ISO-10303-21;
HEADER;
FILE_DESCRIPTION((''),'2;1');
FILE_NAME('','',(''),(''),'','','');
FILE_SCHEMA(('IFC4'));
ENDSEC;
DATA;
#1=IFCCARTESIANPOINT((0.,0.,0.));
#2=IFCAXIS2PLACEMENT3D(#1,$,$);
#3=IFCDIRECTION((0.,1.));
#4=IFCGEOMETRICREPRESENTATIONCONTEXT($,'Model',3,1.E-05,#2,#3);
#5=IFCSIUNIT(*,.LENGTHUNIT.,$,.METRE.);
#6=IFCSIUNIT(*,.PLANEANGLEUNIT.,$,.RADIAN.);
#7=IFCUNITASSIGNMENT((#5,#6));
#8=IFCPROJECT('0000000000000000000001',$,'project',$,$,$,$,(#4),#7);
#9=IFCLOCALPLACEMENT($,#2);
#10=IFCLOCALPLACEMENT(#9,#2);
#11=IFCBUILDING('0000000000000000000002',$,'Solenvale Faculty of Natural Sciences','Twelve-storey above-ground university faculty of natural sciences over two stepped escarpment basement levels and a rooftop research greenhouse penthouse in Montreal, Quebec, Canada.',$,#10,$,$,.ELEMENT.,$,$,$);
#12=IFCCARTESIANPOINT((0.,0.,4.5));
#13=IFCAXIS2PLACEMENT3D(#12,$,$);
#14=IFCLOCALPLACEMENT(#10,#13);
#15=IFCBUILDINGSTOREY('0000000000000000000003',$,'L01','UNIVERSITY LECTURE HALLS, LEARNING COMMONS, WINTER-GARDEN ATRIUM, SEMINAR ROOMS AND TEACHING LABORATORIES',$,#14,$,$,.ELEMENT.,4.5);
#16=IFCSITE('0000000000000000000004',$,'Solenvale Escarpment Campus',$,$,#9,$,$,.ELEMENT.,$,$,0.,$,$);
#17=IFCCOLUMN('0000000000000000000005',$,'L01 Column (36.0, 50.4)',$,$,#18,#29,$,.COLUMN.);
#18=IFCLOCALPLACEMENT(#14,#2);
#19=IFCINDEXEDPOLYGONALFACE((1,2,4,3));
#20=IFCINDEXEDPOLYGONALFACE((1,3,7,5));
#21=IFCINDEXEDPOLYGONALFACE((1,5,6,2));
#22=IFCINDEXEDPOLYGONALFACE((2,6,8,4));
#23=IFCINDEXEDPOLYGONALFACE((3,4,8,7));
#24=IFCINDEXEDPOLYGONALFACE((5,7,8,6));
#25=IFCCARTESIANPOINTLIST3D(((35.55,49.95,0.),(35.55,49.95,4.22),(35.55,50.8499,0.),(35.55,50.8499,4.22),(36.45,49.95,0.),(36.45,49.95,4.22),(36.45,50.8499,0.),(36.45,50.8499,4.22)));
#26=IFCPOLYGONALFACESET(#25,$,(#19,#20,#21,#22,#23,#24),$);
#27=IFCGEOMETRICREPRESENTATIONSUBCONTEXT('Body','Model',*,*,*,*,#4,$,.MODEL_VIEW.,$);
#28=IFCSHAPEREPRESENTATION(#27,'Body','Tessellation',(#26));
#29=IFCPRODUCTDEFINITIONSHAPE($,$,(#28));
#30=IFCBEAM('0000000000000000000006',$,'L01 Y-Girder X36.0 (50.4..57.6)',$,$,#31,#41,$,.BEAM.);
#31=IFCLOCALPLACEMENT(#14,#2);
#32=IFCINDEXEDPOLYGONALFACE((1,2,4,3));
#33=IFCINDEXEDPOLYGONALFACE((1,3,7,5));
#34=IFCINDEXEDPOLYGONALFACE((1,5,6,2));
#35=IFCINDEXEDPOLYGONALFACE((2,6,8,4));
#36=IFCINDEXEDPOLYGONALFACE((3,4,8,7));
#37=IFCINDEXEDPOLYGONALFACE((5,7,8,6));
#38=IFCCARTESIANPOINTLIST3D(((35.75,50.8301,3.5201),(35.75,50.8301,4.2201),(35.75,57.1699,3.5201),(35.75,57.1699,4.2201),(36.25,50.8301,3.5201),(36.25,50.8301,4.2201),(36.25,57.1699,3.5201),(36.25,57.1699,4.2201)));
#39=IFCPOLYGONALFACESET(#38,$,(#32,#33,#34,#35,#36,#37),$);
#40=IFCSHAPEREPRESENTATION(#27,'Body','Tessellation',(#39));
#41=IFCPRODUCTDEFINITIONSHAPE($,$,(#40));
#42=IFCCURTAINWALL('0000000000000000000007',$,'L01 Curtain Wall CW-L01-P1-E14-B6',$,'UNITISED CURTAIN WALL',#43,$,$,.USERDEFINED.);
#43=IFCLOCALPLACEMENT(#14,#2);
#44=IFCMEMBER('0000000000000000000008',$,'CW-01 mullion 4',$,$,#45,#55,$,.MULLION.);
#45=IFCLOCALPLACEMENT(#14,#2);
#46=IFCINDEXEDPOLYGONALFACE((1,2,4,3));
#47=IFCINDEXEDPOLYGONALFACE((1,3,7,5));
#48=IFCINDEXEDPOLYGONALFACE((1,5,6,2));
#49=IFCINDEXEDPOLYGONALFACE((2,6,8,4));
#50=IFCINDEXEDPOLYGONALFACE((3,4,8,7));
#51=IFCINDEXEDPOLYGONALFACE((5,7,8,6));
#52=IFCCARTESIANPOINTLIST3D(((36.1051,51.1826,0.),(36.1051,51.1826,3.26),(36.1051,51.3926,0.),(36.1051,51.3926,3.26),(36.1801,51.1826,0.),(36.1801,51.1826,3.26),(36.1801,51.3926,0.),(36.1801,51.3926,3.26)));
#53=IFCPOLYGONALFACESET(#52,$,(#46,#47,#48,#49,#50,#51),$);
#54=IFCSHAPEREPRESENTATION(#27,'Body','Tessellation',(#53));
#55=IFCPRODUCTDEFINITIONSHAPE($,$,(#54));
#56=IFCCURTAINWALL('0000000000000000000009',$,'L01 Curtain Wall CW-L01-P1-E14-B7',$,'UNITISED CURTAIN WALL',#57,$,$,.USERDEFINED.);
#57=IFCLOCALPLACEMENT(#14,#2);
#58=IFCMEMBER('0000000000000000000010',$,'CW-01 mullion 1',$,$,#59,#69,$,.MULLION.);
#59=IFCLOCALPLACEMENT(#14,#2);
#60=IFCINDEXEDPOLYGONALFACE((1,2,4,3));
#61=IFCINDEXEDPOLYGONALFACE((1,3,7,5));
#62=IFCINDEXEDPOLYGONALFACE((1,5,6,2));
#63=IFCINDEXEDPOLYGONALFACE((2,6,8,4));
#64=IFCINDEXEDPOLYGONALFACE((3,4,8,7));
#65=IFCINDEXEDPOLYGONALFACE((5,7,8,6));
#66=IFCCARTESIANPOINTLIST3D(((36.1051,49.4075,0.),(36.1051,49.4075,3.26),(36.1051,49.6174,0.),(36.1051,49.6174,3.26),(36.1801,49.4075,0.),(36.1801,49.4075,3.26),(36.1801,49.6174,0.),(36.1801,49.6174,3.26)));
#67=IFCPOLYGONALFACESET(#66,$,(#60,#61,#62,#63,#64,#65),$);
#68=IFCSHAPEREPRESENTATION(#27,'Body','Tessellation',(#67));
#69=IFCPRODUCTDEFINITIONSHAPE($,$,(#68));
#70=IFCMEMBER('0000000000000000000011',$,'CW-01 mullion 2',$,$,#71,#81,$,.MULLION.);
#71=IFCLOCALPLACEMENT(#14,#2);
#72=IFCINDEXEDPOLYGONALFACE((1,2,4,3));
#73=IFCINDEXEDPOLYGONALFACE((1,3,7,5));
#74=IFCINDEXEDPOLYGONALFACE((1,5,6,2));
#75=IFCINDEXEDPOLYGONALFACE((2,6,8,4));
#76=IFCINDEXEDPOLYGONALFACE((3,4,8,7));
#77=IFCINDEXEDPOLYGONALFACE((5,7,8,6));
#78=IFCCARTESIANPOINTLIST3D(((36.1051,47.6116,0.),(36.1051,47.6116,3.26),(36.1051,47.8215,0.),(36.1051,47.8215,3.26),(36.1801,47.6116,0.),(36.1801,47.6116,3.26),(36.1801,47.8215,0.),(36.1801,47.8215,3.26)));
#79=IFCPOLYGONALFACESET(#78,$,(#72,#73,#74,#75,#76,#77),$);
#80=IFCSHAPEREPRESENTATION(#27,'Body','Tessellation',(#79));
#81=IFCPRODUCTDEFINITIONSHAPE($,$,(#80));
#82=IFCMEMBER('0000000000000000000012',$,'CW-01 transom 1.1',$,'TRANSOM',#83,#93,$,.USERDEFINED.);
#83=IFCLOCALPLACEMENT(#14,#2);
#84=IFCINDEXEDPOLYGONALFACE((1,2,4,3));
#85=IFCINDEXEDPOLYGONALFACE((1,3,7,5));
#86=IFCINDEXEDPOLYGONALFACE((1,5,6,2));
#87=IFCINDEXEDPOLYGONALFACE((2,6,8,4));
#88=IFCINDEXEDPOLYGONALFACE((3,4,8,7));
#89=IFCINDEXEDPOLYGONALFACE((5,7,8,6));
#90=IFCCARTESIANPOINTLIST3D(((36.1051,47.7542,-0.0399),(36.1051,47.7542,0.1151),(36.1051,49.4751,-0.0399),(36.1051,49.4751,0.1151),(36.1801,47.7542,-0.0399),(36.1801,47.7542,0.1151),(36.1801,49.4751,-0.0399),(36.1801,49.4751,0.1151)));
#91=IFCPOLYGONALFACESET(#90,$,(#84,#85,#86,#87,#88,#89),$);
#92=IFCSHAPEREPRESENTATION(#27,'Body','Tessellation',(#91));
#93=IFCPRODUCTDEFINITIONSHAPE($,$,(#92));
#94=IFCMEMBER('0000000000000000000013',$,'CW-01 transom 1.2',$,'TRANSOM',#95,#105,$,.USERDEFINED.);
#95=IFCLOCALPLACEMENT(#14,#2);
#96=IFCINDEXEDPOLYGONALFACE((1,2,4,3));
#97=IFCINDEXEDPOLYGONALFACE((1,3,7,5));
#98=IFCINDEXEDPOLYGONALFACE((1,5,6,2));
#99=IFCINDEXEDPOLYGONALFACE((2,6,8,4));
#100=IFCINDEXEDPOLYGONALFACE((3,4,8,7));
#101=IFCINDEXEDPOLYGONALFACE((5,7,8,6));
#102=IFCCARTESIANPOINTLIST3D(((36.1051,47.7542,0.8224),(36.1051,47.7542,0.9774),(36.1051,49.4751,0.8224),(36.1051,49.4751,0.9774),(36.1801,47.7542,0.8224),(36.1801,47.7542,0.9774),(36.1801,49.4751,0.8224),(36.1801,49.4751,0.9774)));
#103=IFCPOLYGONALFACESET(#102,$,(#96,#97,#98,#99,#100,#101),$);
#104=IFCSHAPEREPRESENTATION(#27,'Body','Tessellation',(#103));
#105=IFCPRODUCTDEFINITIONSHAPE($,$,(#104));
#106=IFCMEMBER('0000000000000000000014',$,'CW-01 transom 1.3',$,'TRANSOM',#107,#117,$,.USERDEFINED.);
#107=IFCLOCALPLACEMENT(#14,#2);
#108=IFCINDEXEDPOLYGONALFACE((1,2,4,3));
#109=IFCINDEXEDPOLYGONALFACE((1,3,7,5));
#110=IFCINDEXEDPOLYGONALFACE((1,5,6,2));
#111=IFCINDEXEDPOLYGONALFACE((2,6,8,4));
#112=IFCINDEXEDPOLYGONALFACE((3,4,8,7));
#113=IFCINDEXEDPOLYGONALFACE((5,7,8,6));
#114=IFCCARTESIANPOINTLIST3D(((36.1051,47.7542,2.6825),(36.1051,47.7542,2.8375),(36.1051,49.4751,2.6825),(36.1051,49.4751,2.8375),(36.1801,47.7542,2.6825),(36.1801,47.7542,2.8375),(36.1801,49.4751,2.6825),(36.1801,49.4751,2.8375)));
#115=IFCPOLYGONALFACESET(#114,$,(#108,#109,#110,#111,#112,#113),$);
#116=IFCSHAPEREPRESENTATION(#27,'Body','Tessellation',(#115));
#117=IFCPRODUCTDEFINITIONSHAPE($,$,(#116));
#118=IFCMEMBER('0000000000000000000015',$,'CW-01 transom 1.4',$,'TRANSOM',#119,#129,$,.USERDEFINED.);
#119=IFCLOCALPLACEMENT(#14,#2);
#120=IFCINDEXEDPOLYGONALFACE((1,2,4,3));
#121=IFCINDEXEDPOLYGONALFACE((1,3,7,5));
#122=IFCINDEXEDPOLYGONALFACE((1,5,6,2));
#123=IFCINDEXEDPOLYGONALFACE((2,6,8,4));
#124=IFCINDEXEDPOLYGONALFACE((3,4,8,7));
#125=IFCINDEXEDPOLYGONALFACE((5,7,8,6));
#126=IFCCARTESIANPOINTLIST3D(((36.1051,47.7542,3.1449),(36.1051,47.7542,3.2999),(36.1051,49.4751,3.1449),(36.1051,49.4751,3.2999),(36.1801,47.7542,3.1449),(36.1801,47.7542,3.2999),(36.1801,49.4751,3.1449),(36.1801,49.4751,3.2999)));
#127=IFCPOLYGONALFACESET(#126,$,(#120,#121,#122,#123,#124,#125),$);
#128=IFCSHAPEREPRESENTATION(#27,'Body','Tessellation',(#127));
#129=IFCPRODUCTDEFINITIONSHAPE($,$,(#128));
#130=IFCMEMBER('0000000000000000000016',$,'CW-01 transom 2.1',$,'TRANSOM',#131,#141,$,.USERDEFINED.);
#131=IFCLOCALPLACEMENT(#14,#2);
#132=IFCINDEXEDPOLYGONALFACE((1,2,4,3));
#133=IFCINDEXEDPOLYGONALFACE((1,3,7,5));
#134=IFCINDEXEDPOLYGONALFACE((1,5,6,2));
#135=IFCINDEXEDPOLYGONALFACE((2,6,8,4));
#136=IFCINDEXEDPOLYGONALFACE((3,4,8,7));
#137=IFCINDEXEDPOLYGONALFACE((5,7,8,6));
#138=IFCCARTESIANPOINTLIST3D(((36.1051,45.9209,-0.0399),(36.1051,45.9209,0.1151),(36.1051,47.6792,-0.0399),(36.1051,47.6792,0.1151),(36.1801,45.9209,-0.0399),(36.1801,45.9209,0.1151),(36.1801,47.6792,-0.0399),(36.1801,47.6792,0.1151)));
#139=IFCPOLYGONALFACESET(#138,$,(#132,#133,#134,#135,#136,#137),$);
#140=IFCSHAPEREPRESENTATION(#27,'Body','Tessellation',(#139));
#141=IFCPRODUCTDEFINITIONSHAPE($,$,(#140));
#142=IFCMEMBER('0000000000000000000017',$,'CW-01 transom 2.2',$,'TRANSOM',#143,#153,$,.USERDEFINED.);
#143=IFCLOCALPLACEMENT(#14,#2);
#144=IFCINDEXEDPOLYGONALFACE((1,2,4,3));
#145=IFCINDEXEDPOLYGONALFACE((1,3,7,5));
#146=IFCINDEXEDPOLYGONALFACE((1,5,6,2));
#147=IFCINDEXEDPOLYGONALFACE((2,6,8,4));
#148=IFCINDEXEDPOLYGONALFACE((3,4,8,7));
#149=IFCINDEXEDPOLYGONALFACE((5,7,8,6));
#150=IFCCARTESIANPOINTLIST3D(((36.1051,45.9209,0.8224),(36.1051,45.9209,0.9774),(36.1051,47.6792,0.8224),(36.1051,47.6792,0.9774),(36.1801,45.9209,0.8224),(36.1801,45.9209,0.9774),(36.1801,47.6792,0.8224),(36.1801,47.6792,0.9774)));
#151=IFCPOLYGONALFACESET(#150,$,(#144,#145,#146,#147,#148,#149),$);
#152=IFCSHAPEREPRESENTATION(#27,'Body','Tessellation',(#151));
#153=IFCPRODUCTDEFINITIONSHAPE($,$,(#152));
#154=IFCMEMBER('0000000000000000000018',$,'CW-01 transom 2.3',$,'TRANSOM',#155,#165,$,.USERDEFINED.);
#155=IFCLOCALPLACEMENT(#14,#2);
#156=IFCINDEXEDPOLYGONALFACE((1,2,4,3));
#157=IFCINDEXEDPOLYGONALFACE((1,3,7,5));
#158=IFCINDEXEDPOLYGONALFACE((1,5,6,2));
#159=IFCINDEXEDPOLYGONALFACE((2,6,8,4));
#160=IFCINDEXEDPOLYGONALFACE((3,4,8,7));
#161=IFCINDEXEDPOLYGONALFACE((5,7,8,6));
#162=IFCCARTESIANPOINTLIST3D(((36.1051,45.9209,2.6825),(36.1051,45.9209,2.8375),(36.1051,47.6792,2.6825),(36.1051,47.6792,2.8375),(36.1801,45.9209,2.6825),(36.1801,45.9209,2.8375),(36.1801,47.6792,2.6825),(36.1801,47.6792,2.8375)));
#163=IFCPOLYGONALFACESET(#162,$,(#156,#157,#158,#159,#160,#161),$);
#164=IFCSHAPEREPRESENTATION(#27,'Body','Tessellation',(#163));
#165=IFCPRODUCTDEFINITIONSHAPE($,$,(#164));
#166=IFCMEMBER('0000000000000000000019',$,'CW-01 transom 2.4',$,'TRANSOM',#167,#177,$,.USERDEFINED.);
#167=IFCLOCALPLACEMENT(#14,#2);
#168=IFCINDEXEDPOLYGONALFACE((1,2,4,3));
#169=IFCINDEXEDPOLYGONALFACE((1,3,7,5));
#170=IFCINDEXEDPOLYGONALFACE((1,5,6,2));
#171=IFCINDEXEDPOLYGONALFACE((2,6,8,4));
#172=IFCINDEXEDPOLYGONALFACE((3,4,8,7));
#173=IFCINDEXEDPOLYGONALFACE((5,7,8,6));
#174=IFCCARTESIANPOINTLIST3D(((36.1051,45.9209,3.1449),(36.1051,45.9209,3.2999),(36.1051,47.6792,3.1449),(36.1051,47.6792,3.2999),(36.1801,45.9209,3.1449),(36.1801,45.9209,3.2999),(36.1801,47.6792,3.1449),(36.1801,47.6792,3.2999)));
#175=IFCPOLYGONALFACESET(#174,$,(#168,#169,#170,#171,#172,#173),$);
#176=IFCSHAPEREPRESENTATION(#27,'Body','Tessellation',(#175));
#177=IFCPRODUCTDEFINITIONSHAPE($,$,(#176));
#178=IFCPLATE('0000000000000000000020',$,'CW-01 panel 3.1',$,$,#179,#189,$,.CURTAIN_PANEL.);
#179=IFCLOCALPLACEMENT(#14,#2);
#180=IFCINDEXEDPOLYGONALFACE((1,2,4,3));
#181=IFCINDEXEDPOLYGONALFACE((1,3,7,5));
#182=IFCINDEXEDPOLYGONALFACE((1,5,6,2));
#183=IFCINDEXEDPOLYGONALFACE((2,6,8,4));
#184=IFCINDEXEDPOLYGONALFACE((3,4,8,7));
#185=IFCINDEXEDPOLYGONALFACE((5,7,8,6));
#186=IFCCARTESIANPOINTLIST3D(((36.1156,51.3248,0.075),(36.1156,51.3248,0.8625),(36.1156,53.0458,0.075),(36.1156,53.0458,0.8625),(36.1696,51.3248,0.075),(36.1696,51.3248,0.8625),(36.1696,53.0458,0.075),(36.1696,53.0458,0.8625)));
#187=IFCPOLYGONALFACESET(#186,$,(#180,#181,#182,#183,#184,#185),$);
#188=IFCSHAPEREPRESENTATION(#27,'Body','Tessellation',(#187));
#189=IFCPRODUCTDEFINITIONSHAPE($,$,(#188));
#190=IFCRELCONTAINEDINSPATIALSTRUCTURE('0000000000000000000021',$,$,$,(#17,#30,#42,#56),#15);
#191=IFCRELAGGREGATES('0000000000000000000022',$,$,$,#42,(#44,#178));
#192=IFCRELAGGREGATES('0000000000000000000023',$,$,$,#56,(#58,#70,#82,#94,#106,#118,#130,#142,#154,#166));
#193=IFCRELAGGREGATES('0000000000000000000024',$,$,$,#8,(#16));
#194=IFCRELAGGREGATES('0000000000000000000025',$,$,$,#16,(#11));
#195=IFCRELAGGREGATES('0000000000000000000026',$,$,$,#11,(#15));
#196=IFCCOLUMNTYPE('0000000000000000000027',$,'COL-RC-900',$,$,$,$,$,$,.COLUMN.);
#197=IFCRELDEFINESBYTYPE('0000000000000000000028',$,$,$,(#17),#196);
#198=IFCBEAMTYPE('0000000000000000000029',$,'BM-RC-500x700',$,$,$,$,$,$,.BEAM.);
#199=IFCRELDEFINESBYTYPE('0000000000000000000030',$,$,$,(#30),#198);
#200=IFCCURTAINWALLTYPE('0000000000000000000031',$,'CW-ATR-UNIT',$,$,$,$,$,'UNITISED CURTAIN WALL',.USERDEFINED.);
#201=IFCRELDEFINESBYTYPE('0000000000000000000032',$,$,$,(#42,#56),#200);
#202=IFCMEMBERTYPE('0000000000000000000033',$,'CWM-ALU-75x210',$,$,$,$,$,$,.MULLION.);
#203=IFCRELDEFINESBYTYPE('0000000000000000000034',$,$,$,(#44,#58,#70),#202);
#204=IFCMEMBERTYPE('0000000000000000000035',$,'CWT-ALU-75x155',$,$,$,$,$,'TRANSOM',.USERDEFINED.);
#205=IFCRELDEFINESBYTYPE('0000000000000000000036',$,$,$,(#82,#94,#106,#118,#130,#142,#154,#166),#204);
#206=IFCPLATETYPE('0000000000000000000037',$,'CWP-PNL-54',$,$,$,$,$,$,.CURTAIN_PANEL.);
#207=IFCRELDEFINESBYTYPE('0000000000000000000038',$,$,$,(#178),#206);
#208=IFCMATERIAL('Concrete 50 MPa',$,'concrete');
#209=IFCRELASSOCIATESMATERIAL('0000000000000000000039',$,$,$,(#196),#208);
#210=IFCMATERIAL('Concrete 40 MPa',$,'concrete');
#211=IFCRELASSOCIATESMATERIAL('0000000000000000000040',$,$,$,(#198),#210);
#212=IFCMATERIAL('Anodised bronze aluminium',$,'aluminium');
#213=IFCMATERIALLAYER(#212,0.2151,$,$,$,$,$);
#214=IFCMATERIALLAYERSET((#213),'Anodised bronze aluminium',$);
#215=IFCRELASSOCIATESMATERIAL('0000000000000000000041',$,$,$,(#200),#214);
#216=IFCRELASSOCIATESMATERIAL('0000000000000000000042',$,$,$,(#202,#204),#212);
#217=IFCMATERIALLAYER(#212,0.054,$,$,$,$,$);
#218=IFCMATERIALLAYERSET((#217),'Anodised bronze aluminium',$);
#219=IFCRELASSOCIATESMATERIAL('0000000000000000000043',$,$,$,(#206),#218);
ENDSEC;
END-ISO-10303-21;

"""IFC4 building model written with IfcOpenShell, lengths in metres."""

from ifc_helpers import new_model, si_unit, direction, frame, origin, origin_2d, place, context, subcontext, project, spatial, rectangle, extrude, material, layer, layer_set, material_profile, profile_set, type_object, element, aggregate, save


model = new_model("IFC4")

# Units and contexts
model_context = context("Model", 3, precision=1e-05, world=origin(), true_north=direction((0.0, 1.0)))
body_context = subcontext(model_context, "Body", "Model", "MODEL_VIEW")
ifc_project = project(units=[si_unit("LENGTHUNIT", "METRE"), si_unit("PLANEANGLEUNIT", "RADIAN")], contexts=[model_context])

# Site, building, storey
site_placement = place(None, origin())
site = spatial("IfcSite", under=ifc_project, at=site_placement, Name="Solenvale Escarpment Campus", CompositionType="ELEMENT", RefElevation=0.0)
building_placement = place(site_placement, origin())
building = spatial("IfcBuilding", under=site, at=building_placement, Name="Solenvale Faculty of Natural Sciences", Description="Twelve-storey above-ground university faculty of natural sciences over two stepped escarpment basement levels and a rooftop research greenhouse penthouse in Montreal, Quebec, Canada.", CompositionType="ELEMENT")
storey_placement = place(building_placement, frame((0.0, 0.0, 4.5)))
storey = spatial("IfcBuildingStorey", under=building, at=storey_placement, Name="L01", Description="UNIVERSITY LECTURE HALLS, LEARNING COMMONS, WINTER-GARDEN ATRIUM, SEMINAR ROOMS AND TEACHING LABORATORIES", CompositionType="ELEMENT", Elevation=4.5)

# Column
ifc_material_1 = material(Name="Concrete 50 MPa", Category="concrete")
ifc_material_profile_1 = material_profile(ifc_material_1, rectangle(XDim=0.8999, YDim=0.8999, at=origin_2d()), Name="RC-COL-900x900")
ifc_profile_set_1 = profile_set([ifc_material_profile_1], Name="Concrete 50 MPa")
column_type = type_object("IfcColumnType", Name="COL-RC-900", PredefinedType="COLUMN", material=ifc_profile_set_1)
column_placement = place(storey_placement, frame((36.0, 50.3999, 0.0), z_axis=(0.0, 0.0, 1.0), x_axis=(1.0, 0.0, 0.0)))
element("IfcColumn", 1, at=column_placement, inside=storey, type_object=column_type, Name="L01 Column (36.0, 50.4)", PredefinedType="COLUMN", context=body_context, shape_type="SweptSolid", body=[
    extrude(rectangle(XDim=0.8999, YDim=0.8999, at=origin_2d()), origin(), (0.0, 0.0, 1.0), 4.22),
])

# Beam
ifc_material_2 = material(Name="Concrete 40 MPa", Category="concrete")
ifc_material_profile_2 = material_profile(ifc_material_2, rectangle(XDim=0.5, YDim=0.7, at=origin_2d()), Name="RC-BM-500x700")
ifc_profile_set_2 = profile_set([ifc_material_profile_2], Name="Concrete 40 MPa")
beam_type = type_object("IfcBeamType", Name="BM-RC-500x700", PredefinedType="BEAM", material=ifc_profile_set_2)
beam_placement = place(storey_placement, frame((36.0, 50.8301, 3.8701), z_axis=(0.0, 1.0, 0.0), x_axis=(-1.0, 0.0, 0.0)))
element("IfcBeam", 2, at=beam_placement, inside=storey, type_object=beam_type, Name="L01 Y-Girder X36.0 (50.4..57.6)", PredefinedType="BEAM", context=body_context, shape_type="SweptSolid", body=[
    extrude(rectangle(XDim=0.5, YDim=0.7, at=origin_2d()), origin(), (0.0, 0.0, 1.0), 6.3398),
])

# Curtain wall, member
ifc_material_3 = material(Name="Anodised bronze aluminium", Category="aluminium")
ifc_layer_1 = layer(ifc_material_3, 0.2151)
ifc_layer_set_1 = layer_set([ifc_layer_1], Name="Anodised bronze aluminium")
curtain_wall_type = type_object("IfcCurtainWallType", Name="CW-ATR-UNIT", ElementType="UNITISED CURTAIN WALL", PredefinedType="USERDEFINED", material=ifc_layer_set_1)
curtain_wall_1_placement = place(storey_placement, origin())
curtain_wall_1 = element("IfcCurtainWall", 3, at=curtain_wall_1_placement, inside=storey, type_object=curtain_wall_type, Name="L01 Curtain Wall CW-L01-P1-E14-B6", ObjectType="UNITISED CURTAIN WALL", PredefinedType="USERDEFINED")
ifc_material_profile_3 = material_profile(ifc_material_3, rectangle(XDim=0.075, YDim=0.21, at=origin_2d()), Name="ALU-MUL-75x210")
ifc_profile_set_3 = profile_set([ifc_material_profile_3], Name="Anodised bronze aluminium")
member_type_1 = type_object("IfcMemberType", Name="CWM-ALU-75x210", PredefinedType="MULLION", material=ifc_profile_set_3)
member_1_placement = place(storey_placement, frame((36.1426, 51.2876, 0.0), z_axis=(0.0, 0.0, 1.0), x_axis=(1.0, 0.0, 0.0)))
member_1 = element("IfcMember", 4, at=member_1_placement, type_object=member_type_1, Name="CW-01 mullion 4", PredefinedType="MULLION", context=body_context, shape_type="SweptSolid", body=[
    extrude(rectangle(XDim=0.075, YDim=0.21, at=origin_2d()), origin(), (0.0, 0.0, 1.0), 3.26),
])

# Curtain wall, members
curtain_wall_2_placement = place(storey_placement, origin())
curtain_wall_2 = element("IfcCurtainWall", 5, at=curtain_wall_2_placement, inside=storey, type_object=curtain_wall_type, Name="L01 Curtain Wall CW-L01-P1-E14-B7", ObjectType="UNITISED CURTAIN WALL", PredefinedType="USERDEFINED")
member_2_placement = place(storey_placement, frame((36.1426, 49.5125, 0.0), z_axis=(0.0, 0.0, 1.0), x_axis=(1.0, 0.0, 0.0)))
member_2 = element("IfcMember", 6, at=member_2_placement, type_object=member_type_1, Name="CW-01 mullion 1", PredefinedType="MULLION", context=body_context, shape_type="SweptSolid", body=[
    extrude(rectangle(XDim=0.075, YDim=0.21, at=origin_2d()), origin(), (0.0, 0.0, 1.0), 3.26),
])
member_3_placement = place(storey_placement, frame((36.1426, 47.7166, 0.0), z_axis=(0.0, 0.0, 1.0), x_axis=(1.0, 0.0, 0.0)))
member_3 = element("IfcMember", 7, at=member_3_placement, type_object=member_type_1, Name="CW-01 mullion 2", PredefinedType="MULLION", context=body_context, shape_type="SweptSolid", body=[
    extrude(rectangle(XDim=0.075, YDim=0.21, at=origin_2d()), origin(), (0.0, 0.0, 1.0), 3.26),
])
ifc_material_profile_4 = material_profile(ifc_material_3, rectangle(XDim=0.075, YDim=0.155, at=origin_2d()), Name="ALU-TRN-75x155")
ifc_profile_set_4 = profile_set([ifc_material_profile_4], Name="Anodised bronze aluminium")
member_type_2 = type_object("IfcMemberType", Name="CWT-ALU-75x155", ElementType="TRANSOM", PredefinedType="USERDEFINED", material=ifc_profile_set_4)
member_4_placement = place(storey_placement, frame((36.1426, 49.4751, 0.0376), z_axis=(0.0, -1.0, 0.0), x_axis=(1.0, 0.0, 0.0)))
member_4 = element("IfcMember", 8, at=member_4_placement, type_object=member_type_2, Name="CW-01 transom 1.1", ObjectType="TRANSOM", PredefinedType="USERDEFINED", context=body_context, shape_type="SweptSolid", body=[
    extrude(rectangle(XDim=0.075, YDim=0.155, at=origin_2d()), origin(), (0.0, 0.0, 1.0), 1.7209),
])
member_5_placement = place(storey_placement, frame((36.1426, 49.4751, 0.8999), z_axis=(0.0, -1.0, 0.0), x_axis=(1.0, 0.0, 0.0)))
member_5 = element("IfcMember", 9, at=member_5_placement, type_object=member_type_2, Name="CW-01 transom 1.2", ObjectType="TRANSOM", PredefinedType="USERDEFINED", context=body_context, shape_type="SweptSolid", body=[
    extrude(rectangle(XDim=0.075, YDim=0.155, at=origin_2d()), origin(), (0.0, 0.0, 1.0), 1.7209),
])
member_6_placement = place(storey_placement, frame((36.1426, 49.4751, 2.76), z_axis=(0.0, -1.0, 0.0), x_axis=(1.0, 0.0, 0.0)))
member_6 = element("IfcMember", 10, at=member_6_placement, type_object=member_type_2, Name="CW-01 transom 1.3", ObjectType="TRANSOM", PredefinedType="USERDEFINED", context=body_context, shape_type="SweptSolid", body=[
    extrude(rectangle(XDim=0.075, YDim=0.155, at=origin_2d()), origin(), (0.0, 0.0, 1.0), 1.7209),
])
member_7_placement = place(storey_placement, frame((36.1426, 49.4751, 3.2224), z_axis=(0.0, -1.0, 0.0), x_axis=(1.0, 0.0, 0.0)))
member_7 = element("IfcMember", 11, at=member_7_placement, type_object=member_type_2, Name="CW-01 transom 1.4", ObjectType="TRANSOM", PredefinedType="USERDEFINED", context=body_context, shape_type="SweptSolid", body=[
    extrude(rectangle(XDim=0.075, YDim=0.155, at=origin_2d()), origin(), (0.0, 0.0, 1.0), 1.7209),
])
member_8_placement = place(storey_placement, frame((36.1426, 47.6792, 0.0376), z_axis=(0.0, -1.0, 0.0), x_axis=(1.0, 0.0, 0.0)))
member_8 = element("IfcMember", 12, at=member_8_placement, type_object=member_type_2, Name="CW-01 transom 2.1", ObjectType="TRANSOM", PredefinedType="USERDEFINED", context=body_context, shape_type="SweptSolid", body=[
    extrude(rectangle(XDim=0.075, YDim=0.155, at=origin_2d()), origin(), (0.0, 0.0, 1.0), 1.7583),
])
member_9_placement = place(storey_placement, frame((36.1426, 47.6792, 0.8999), z_axis=(0.0, -1.0, 0.0), x_axis=(1.0, 0.0, 0.0)))
member_9 = element("IfcMember", 13, at=member_9_placement, type_object=member_type_2, Name="CW-01 transom 2.2", ObjectType="TRANSOM", PredefinedType="USERDEFINED", context=body_context, shape_type="SweptSolid", body=[
    extrude(rectangle(XDim=0.075, YDim=0.155, at=origin_2d()), origin(), (0.0, 0.0, 1.0), 1.7583),
])
member_10_placement = place(storey_placement, frame((36.1426, 47.6792, 2.76), z_axis=(0.0, -1.0, 0.0), x_axis=(1.0, 0.0, 0.0)))
member_10 = element("IfcMember", 14, at=member_10_placement, type_object=member_type_2, Name="CW-01 transom 2.3", ObjectType="TRANSOM", PredefinedType="USERDEFINED", context=body_context, shape_type="SweptSolid", body=[
    extrude(rectangle(XDim=0.075, YDim=0.155, at=origin_2d()), origin(), (0.0, 0.0, 1.0), 1.7583),
])
member_11_placement = place(storey_placement, frame((36.1426, 47.6792, 3.2224), z_axis=(0.0, -1.0, 0.0), x_axis=(1.0, 0.0, 0.0)))
member_11 = element("IfcMember", 15, at=member_11_placement, type_object=member_type_2, Name="CW-01 transom 2.4", ObjectType="TRANSOM", PredefinedType="USERDEFINED", context=body_context, shape_type="SweptSolid", body=[
    extrude(rectangle(XDim=0.075, YDim=0.155, at=origin_2d()), origin(), (0.0, 0.0, 1.0), 1.7583),
])

# Plate
ifc_layer_2 = layer(ifc_material_3, 0.054)
ifc_layer_set_2 = layer_set([ifc_layer_2], Name="Anodised bronze aluminium")
plate_type_1 = type_object("IfcPlateType", Name="CWP-PNL-54", PredefinedType="CURTAIN_PANEL", material=ifc_layer_set_2)
plate_1_placement = place(storey_placement, frame((36.1426, 52.1853, 0.075), z_axis=(0.0, 0.0, 1.0), x_axis=(0.0, -1.0, 0.0)))
plate_1 = element("IfcPlate", 16, at=plate_1_placement, type_object=plate_type_1, Name="CW-01 panel 3.1", PredefinedType="CURTAIN_PANEL", context=body_context, shape_type="SweptSolid", body=[
    extrude(rectangle(XDim=1.7209, YDim=0.054, at=origin_2d()), origin(), (0.0, 0.0, 1.0), 0.7876),
])
aggregate(curtain_wall_1, [member_1, plate_1])
aggregate(curtain_wall_2, [member_2, member_3, member_4, member_5, member_6, member_7, member_8, member_9, member_10, member_11])

save(model, "model.ifc")
